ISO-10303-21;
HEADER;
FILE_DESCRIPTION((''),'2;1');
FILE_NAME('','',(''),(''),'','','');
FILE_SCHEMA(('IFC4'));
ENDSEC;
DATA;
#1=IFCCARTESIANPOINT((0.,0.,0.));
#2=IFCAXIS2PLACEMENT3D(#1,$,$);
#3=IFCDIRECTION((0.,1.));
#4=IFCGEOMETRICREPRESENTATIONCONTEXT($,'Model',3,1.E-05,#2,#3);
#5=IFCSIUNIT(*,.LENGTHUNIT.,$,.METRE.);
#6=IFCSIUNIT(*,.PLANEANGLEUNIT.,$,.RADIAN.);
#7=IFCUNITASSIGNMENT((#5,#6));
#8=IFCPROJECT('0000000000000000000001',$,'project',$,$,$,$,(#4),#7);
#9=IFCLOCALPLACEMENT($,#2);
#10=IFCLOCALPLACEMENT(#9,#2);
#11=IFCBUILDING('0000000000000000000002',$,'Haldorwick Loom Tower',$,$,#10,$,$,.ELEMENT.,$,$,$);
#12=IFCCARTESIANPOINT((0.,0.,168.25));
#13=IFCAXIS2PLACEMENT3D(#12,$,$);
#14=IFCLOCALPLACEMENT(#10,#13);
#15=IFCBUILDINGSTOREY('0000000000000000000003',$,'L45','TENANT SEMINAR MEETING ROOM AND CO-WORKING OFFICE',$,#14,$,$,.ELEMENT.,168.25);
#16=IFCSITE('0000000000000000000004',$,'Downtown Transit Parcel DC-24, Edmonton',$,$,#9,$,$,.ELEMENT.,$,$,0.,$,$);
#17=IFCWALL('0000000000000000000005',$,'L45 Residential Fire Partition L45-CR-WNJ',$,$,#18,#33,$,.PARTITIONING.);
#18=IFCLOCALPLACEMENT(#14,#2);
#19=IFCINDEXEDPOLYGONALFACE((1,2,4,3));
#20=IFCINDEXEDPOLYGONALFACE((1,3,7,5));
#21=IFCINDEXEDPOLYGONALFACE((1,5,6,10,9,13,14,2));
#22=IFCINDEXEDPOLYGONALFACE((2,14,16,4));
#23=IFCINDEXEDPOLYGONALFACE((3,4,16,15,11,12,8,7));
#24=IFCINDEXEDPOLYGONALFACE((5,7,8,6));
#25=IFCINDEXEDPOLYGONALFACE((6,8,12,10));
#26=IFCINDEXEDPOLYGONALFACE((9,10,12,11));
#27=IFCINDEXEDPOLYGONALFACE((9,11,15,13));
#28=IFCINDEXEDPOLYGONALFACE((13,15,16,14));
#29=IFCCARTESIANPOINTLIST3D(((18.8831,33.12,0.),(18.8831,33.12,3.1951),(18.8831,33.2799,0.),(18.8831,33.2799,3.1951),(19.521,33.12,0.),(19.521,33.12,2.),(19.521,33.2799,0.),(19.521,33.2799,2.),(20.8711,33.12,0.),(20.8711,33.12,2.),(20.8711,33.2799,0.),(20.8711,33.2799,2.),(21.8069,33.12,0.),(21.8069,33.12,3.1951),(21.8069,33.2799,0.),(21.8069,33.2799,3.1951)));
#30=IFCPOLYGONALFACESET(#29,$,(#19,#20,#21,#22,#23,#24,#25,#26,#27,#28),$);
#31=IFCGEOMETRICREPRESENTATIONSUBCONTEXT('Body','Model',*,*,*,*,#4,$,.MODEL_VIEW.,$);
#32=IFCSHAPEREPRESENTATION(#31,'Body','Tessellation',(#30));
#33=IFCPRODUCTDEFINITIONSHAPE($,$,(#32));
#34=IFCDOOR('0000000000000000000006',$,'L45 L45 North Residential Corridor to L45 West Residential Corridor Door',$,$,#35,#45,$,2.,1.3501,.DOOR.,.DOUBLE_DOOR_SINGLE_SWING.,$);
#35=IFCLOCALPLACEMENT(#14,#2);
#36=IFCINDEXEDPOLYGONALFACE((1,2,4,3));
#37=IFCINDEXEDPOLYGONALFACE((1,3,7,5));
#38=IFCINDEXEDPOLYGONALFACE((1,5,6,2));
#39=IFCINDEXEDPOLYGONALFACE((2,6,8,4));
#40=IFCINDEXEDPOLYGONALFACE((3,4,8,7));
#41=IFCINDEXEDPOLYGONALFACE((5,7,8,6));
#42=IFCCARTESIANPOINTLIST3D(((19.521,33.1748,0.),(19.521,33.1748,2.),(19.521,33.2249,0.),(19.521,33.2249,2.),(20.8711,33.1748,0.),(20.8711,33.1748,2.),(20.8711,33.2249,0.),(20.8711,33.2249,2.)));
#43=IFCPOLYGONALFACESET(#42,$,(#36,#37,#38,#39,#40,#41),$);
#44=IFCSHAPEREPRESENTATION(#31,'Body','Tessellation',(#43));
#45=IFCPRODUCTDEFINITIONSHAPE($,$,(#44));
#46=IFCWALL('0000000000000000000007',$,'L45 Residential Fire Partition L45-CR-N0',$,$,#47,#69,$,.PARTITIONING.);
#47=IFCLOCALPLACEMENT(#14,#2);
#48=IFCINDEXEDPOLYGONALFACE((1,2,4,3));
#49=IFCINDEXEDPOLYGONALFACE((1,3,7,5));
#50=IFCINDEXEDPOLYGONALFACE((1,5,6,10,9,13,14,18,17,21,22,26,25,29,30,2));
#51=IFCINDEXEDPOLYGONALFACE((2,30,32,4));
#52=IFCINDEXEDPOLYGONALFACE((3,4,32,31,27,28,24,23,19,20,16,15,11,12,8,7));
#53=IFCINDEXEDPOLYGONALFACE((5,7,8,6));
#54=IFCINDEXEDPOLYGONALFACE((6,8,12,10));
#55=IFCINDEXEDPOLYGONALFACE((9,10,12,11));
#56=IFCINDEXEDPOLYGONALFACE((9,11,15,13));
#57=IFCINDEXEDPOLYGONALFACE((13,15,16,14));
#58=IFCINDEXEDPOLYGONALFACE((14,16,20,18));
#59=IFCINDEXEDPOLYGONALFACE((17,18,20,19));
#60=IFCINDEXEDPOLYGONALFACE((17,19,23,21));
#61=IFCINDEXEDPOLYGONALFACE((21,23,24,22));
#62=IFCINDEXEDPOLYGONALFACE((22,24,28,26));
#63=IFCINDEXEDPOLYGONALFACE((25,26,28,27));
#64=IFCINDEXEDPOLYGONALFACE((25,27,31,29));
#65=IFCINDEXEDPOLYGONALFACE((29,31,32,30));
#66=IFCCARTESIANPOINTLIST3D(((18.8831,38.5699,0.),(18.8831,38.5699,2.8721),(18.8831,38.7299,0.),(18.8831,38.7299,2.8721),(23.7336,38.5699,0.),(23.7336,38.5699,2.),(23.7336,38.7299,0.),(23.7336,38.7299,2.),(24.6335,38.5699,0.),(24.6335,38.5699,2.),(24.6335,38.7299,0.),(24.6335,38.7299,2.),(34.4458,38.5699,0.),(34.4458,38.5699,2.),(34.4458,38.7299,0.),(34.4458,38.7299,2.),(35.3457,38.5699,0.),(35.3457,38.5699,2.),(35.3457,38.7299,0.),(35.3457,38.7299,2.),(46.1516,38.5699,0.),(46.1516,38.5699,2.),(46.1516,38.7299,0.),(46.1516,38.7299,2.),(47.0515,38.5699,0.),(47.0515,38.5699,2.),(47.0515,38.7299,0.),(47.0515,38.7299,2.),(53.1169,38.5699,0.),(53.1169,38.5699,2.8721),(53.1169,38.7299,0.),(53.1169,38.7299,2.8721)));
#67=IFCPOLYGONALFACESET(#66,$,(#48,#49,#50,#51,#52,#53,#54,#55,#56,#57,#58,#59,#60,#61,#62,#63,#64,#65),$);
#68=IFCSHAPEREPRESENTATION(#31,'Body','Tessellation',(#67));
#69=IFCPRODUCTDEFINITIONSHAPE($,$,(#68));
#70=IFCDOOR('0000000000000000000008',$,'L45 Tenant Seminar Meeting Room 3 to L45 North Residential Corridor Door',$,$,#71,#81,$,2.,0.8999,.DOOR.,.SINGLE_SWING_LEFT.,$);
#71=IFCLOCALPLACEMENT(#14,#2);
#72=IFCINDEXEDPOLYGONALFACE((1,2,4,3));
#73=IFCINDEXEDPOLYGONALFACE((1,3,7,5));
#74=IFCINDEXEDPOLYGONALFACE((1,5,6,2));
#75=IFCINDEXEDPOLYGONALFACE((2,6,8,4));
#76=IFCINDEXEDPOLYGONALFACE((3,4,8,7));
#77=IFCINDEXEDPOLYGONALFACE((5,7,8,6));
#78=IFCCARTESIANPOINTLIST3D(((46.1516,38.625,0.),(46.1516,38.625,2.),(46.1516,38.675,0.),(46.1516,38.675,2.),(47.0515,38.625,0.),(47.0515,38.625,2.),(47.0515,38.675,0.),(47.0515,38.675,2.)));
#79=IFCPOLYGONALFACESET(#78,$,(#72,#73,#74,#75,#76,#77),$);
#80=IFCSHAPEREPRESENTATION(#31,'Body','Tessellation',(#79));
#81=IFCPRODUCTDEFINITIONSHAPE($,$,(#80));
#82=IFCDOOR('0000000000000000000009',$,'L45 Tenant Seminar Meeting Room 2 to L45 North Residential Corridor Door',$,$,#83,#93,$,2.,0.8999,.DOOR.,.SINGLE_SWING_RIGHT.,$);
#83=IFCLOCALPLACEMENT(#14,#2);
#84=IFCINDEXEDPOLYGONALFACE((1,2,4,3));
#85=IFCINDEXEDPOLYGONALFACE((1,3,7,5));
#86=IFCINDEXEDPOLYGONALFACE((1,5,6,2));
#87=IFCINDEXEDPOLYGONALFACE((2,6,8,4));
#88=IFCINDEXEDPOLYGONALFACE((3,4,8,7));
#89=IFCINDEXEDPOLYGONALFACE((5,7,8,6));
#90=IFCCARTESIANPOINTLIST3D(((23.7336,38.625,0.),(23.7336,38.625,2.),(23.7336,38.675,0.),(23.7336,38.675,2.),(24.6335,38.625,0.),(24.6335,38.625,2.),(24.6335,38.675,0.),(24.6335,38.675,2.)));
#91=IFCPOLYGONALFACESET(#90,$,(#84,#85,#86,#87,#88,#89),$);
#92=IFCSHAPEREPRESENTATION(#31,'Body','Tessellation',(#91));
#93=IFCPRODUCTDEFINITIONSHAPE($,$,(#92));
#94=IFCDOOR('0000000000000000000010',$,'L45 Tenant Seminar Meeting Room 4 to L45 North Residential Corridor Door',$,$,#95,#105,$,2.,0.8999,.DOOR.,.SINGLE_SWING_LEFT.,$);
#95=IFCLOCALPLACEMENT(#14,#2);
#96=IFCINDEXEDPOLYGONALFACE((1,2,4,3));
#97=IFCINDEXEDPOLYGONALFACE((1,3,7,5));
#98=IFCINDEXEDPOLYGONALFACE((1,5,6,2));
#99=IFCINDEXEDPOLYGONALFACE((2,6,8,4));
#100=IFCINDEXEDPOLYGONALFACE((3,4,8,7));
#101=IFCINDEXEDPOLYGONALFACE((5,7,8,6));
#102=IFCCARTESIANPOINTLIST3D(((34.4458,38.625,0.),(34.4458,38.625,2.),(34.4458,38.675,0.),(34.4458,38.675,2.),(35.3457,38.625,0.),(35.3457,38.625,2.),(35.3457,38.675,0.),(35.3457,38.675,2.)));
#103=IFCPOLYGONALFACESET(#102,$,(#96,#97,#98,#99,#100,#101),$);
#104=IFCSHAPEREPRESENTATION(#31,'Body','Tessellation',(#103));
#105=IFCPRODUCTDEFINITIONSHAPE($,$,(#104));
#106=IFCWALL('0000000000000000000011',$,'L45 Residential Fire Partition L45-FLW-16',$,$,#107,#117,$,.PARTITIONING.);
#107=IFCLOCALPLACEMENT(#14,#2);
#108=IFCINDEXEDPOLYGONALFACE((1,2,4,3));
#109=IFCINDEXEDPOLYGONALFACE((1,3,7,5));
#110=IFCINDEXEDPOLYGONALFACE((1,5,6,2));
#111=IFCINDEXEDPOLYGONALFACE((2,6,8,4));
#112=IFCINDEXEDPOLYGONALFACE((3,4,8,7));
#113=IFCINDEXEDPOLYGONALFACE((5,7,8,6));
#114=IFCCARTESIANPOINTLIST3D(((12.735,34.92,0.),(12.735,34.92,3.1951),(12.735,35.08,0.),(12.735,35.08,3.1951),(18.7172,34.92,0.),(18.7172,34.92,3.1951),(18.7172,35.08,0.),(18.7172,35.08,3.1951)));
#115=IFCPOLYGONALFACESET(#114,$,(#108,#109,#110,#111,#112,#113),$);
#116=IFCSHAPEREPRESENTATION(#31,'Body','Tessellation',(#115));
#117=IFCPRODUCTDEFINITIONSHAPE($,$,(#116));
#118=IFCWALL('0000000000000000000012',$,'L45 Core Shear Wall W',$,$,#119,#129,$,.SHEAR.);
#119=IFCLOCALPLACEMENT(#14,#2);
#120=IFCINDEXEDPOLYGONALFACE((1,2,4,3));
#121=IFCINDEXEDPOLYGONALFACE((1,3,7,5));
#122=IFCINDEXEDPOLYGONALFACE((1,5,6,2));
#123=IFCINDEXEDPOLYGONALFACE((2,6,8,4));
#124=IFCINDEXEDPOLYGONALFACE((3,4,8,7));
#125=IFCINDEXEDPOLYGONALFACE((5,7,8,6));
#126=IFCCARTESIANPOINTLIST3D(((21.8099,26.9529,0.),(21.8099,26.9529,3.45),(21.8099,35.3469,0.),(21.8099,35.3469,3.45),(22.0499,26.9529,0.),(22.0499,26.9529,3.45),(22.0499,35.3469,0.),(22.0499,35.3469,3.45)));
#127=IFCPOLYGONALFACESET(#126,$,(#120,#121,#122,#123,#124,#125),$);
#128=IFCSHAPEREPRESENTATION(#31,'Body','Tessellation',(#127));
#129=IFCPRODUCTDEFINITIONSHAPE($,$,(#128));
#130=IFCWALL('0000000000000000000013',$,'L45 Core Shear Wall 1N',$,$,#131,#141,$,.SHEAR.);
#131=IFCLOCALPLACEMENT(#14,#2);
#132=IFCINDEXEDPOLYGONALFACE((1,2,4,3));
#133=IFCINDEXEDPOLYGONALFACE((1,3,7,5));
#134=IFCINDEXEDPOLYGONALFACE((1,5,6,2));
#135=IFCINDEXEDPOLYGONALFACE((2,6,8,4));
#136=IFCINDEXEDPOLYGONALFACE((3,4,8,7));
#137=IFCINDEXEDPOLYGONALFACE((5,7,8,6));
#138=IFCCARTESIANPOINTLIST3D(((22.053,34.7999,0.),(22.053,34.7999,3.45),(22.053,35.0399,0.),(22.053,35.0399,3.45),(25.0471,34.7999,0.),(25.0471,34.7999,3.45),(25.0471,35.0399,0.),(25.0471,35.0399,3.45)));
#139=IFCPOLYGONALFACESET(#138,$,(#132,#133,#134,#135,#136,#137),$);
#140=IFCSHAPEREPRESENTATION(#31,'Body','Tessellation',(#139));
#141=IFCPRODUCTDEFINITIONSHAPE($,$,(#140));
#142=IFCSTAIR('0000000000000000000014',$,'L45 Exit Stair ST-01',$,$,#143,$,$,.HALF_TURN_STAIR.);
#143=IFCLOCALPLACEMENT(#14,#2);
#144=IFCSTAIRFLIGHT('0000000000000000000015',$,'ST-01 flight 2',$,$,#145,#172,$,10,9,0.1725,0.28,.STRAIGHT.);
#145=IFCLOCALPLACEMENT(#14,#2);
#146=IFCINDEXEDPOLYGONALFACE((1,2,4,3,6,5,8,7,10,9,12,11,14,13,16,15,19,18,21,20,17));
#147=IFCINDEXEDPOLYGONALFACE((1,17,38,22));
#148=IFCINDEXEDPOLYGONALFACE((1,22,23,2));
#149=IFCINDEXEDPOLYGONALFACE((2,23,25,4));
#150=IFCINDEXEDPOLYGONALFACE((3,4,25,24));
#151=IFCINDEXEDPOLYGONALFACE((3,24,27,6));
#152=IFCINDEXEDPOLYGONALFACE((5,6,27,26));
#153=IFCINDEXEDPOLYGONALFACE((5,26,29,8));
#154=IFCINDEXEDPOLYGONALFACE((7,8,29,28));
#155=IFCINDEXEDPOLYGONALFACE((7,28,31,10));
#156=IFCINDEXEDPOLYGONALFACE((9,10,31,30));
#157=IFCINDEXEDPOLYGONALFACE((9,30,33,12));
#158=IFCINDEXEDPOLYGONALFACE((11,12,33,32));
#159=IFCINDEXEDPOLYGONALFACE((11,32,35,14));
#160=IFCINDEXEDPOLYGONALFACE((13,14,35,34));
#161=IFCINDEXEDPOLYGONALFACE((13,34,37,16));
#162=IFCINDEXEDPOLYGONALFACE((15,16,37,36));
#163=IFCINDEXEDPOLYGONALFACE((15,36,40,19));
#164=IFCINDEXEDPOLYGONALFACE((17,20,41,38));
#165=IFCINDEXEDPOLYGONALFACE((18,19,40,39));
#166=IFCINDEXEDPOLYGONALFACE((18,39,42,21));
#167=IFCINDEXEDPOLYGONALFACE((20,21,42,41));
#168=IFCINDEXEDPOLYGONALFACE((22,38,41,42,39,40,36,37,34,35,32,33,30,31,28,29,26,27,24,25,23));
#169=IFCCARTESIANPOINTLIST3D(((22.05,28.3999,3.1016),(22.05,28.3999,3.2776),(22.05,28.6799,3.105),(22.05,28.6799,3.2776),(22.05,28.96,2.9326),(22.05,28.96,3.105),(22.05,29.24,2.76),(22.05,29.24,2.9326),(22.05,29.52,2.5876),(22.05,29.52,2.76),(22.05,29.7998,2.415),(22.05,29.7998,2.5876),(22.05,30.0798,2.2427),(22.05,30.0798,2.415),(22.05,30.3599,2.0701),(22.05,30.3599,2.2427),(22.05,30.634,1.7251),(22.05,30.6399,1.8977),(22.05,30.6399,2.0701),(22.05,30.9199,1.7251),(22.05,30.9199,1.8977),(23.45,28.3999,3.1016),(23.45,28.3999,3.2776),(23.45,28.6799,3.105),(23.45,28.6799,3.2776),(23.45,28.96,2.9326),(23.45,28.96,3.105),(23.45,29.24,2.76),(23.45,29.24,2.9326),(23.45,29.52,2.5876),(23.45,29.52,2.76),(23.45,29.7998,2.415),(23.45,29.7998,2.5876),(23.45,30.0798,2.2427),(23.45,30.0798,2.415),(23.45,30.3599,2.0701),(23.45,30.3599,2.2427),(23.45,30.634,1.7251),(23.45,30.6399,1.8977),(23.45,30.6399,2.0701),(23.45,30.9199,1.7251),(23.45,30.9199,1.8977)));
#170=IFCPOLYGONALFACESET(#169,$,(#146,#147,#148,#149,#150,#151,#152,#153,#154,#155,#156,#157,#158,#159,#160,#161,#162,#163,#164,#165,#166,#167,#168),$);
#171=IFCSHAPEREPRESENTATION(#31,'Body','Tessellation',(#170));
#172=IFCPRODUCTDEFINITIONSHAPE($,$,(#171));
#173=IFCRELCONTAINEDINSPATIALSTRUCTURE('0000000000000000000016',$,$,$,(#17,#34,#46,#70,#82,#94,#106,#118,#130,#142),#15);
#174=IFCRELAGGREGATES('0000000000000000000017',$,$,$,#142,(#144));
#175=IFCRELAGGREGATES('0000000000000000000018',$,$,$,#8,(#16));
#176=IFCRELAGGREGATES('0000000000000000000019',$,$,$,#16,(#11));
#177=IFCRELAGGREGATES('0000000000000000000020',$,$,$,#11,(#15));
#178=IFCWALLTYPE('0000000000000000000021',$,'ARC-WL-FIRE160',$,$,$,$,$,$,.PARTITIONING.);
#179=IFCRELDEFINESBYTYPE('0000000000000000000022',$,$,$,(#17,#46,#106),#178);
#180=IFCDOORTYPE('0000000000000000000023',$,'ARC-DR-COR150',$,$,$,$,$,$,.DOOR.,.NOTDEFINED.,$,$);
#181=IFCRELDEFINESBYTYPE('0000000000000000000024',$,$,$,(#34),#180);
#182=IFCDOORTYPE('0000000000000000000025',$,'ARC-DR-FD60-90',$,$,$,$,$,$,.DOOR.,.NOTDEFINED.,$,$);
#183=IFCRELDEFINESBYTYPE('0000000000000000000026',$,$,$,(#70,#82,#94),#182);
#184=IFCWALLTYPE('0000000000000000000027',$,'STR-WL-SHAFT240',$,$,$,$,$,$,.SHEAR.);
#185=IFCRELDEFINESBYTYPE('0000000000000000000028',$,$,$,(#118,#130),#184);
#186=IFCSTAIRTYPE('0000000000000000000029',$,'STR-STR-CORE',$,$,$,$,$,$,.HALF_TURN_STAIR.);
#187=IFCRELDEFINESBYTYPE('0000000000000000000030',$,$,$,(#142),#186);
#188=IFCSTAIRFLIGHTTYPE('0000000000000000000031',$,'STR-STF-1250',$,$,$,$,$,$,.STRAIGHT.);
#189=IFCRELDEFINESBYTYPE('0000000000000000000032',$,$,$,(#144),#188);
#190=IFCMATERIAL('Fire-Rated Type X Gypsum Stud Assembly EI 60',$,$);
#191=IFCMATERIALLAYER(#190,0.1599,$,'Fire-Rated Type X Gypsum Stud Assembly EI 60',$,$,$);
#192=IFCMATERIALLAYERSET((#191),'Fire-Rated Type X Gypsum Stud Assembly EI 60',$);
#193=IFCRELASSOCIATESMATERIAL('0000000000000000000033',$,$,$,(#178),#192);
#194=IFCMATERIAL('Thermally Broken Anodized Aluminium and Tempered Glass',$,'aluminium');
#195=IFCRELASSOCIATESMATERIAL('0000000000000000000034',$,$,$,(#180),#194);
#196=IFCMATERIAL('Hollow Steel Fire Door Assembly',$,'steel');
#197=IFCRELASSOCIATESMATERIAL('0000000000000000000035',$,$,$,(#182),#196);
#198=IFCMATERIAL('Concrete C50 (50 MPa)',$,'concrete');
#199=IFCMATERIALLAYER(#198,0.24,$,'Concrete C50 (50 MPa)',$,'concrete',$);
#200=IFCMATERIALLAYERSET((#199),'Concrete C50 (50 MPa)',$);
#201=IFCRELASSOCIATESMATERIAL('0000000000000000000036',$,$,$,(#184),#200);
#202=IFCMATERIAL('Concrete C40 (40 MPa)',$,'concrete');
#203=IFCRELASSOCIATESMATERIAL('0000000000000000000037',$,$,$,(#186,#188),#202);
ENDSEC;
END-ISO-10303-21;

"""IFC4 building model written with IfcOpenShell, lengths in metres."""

from ifc_helpers import new_model, si_unit, direction, frame, frame_2d, origin, place, context, subcontext, project, spatial, polyline, rectangle, outline, extrude, material, layer, layer_set, type_object, element, fill, aggregate, save


model = new_model("IFC4")

# Units and contexts
model_context = context("Model", 3, precision=1e-05, world=origin(), true_north=direction((0.0, 1.0)))
body_context = subcontext(model_context, "Body", "Model", "MODEL_VIEW")
ifc_project = project(units=[si_unit("LENGTHUNIT", "METRE"), si_unit("PLANEANGLEUNIT", "RADIAN")], contexts=[model_context])

# Site, building, storey
site_placement = place(None, origin())
site = spatial("IfcSite", under=ifc_project, at=site_placement, Name="Downtown Transit Parcel DC-24, Edmonton", CompositionType="ELEMENT", RefElevation=0.0)
building_placement = place(site_placement, origin())
building = spatial("IfcBuilding", under=site, at=building_placement, Name="Haldorwick Loom Tower", CompositionType="ELEMENT")
storey_placement = place(building_placement, frame((0.0, 0.0, 168.25)))
storey = spatial("IfcBuildingStorey", under=building, at=storey_placement, Name="L45", Description="TENANT SEMINAR MEETING ROOM AND CO-WORKING OFFICE", CompositionType="ELEMENT", Elevation=168.25)

# Wall, opening, door
ifc_material_1 = material(Name="Fire-Rated Type X Gypsum Stud Assembly EI 60")
ifc_layer_1 = layer(ifc_material_1, 0.1599, Name="Fire-Rated Type X Gypsum Stud Assembly EI 60")
ifc_layer_set_1 = layer_set([ifc_layer_1], Name="Fire-Rated Type X Gypsum Stud Assembly EI 60")
wall_type_1 = type_object("IfcWallType", Name="ARC-WL-FIRE160", PredefinedType="PARTITIONING", material=ifc_layer_set_1)
wall_1_placement = place(storey_placement, frame((18.8831, 33.2, 0.0), z_axis=(0.0, 0.0, 1.0), x_axis=(1.0, 0.0, 0.0)))
wall_1 = element("IfcWall", 1, at=wall_1_placement, inside=storey, type_object=wall_type_1, Name="L45 Residential Fire Partition L45-CR-WNJ", PredefinedType="PARTITIONING", context=body_context, shape_type="SweptSolid", body=[
    extrude(rectangle(XDim=2.9238, YDim=0.1599, at=frame_2d((1.4619, 0.0))), origin(), (0.0, 0.0, 1.0), 3.1951),
])
opening_1_placement = place(wall_1_placement, frame((0.6379, 0.0, 0.0)))
opening_1 = element("IfcOpeningElement", 2, at=opening_1_placement, cuts=wall_1, PredefinedType="OPENING", context=body_context, shape_type="SweptSolid", body=[
    extrude(rectangle(XDim=1.3501, YDim=2.0, at=frame_2d((0.675, 1.0))), frame((0.0, 0.0898, 0.0), z_axis=(0.0, -1.0, 0.0), x_axis=(1.0, 0.0, 0.0)), (0.0, 0.0, 1.0), 0.1799),
])
ifc_material_2 = material(Name="Thermally Broken Anodized Aluminium and Tempered Glass", Category="aluminium")
door_type_1 = type_object("IfcDoorType", Name="ARC-DR-COR150", OperationType="NOTDEFINED", PredefinedType="DOOR", material=ifc_material_2)
door_1_placement = place(opening_1_placement, origin())
door_1 = element("IfcDoor", 3, at=door_1_placement, inside=storey, type_object=door_type_1, Name="L45 L45 North Residential Corridor to L45 West Residential Corridor Door", OperationType="DOUBLE_DOOR_SINGLE_SWING", OverallHeight=2.0, OverallWidth=1.3501, PredefinedType="DOOR", context=body_context, shape_type="SweptSolid", body=[
    extrude(rectangle(XDim=1.3501, YDim=2.0, at=frame_2d((0.675, 1.0))), frame((0.0, 0.0249, 0.0), z_axis=(0.0, -1.0, 0.0), x_axis=(1.0, 0.0, 0.0)), (0.0, 0.0, 1.0), 0.05),
])
fill(opening_1, door_1)

# Wall, openings, doors
wall_2_placement = place(storey_placement, frame((18.8831, 38.6499, 0.0), z_axis=(0.0, 0.0, 1.0), x_axis=(1.0, 0.0, 0.0)))
wall_2 = element("IfcWall", 4, at=wall_2_placement, inside=storey, type_object=wall_type_1, Name="L45 Residential Fire Partition L45-CR-N0", PredefinedType="PARTITIONING", context=body_context, shape_type="SweptSolid", body=[
    extrude(rectangle(XDim=34.2339, YDim=0.1599, at=frame_2d((17.1169, 0.0))), origin(), (0.0, 0.0, 1.0), 2.8721),
])
opening_2_placement = place(wall_2_placement, frame((27.2686, 0.0, 0.0)))
opening_2 = element("IfcOpeningElement", 5, at=opening_2_placement, cuts=wall_2, PredefinedType="OPENING", context=body_context, shape_type="SweptSolid", body=[
    extrude(rectangle(XDim=0.8999, YDim=2.0, at=frame_2d((0.45, 1.0))), frame((0.0, 0.0898, 0.0), z_axis=(0.0, -1.0, 0.0), x_axis=(1.0, 0.0, 0.0)), (0.0, 0.0, 1.0), 0.1799),
])
opening_3_placement = place(wall_2_placement, frame((4.8506, 0.0, 0.0)))
opening_3 = element("IfcOpeningElement", 6, at=opening_3_placement, cuts=wall_2, PredefinedType="OPENING", context=body_context, shape_type="SweptSolid", body=[
    extrude(rectangle(XDim=0.8999, YDim=2.0, at=frame_2d((0.45, 1.0))), frame((0.0, 0.0898, 0.0), z_axis=(0.0, -1.0, 0.0), x_axis=(1.0, 0.0, 0.0)), (0.0, 0.0, 1.0), 0.1799),
])
opening_4_placement = place(wall_2_placement, frame((15.5627, 0.0, 0.0)))
opening_4 = element("IfcOpeningElement", 7, at=opening_4_placement, cuts=wall_2, PredefinedType="OPENING", context=body_context, shape_type="SweptSolid", body=[
    extrude(rectangle(XDim=0.8999, YDim=2.0, at=frame_2d((0.45, 1.0))), frame((0.0, 0.0898, 0.0), z_axis=(0.0, -1.0, 0.0), x_axis=(1.0, 0.0, 0.0)), (0.0, 0.0, 1.0), 0.1799),
])
ifc_material_3 = material(Name="Hollow Steel Fire Door Assembly", Category="steel")
door_type_2 = type_object("IfcDoorType", Name="ARC-DR-FD60-90", OperationType="NOTDEFINED", PredefinedType="DOOR", material=ifc_material_3)
door_2_placement = place(opening_2_placement, frame((0.8999, 0.0, 0.0), z_axis=(0.0, 0.0, 1.0), x_axis=(-1.0, 0.0, 0.0)))
door_2 = element("IfcDoor", 8, at=door_2_placement, inside=storey, type_object=door_type_2, Name="L45 Tenant Seminar Meeting Room 3 to L45 North Residential Corridor Door", OperationType="SINGLE_SWING_LEFT", OverallHeight=2.0, OverallWidth=0.8999, PredefinedType="DOOR", context=body_context, shape_type="SweptSolid", body=[
    extrude(rectangle(XDim=0.8999, YDim=2.0, at=frame_2d((0.45, 1.0))), frame((0.0, 0.0249, 0.0), z_axis=(0.0, -1.0, 0.0), x_axis=(1.0, 0.0, 0.0)), (0.0, 0.0, 1.0), 0.05),
])
fill(opening_2, door_2)
door_3_placement = place(opening_3_placement, frame((0.8999, 0.0, 0.0), z_axis=(0.0, 0.0, 1.0), x_axis=(-1.0, 0.0, 0.0)))
door_3 = element("IfcDoor", 9, at=door_3_placement, inside=storey, type_object=door_type_2, Name="L45 Tenant Seminar Meeting Room 2 to L45 North Residential Corridor Door", OperationType="SINGLE_SWING_RIGHT", OverallHeight=2.0, OverallWidth=0.8999, PredefinedType="DOOR", context=body_context, shape_type="SweptSolid", body=[
    extrude(rectangle(XDim=0.8999, YDim=2.0, at=frame_2d((0.45, 1.0))), frame((0.0, 0.0249, 0.0), z_axis=(0.0, -1.0, 0.0), x_axis=(1.0, 0.0, 0.0)), (0.0, 0.0, 1.0), 0.05),
])
fill(opening_3, door_3)
door_4_placement = place(opening_4_placement, frame((0.8999, 0.0, 0.0), z_axis=(0.0, 0.0, 1.0), x_axis=(-1.0, 0.0, 0.0)))
door_4 = element("IfcDoor", 10, at=door_4_placement, inside=storey, type_object=door_type_2, Name="L45 Tenant Seminar Meeting Room 4 to L45 North Residential Corridor Door", OperationType="SINGLE_SWING_LEFT", OverallHeight=2.0, OverallWidth=0.8999, PredefinedType="DOOR", context=body_context, shape_type="SweptSolid", body=[
    extrude(rectangle(XDim=0.8999, YDim=2.0, at=frame_2d((0.45, 1.0))), frame((0.0, 0.0249, 0.0), z_axis=(0.0, -1.0, 0.0), x_axis=(1.0, 0.0, 0.0)), (0.0, 0.0, 1.0), 0.05),
])
fill(opening_4, door_4)

# Walls
wall_3_placement = place(storey_placement, frame((12.7349, 35.0, 0.0), z_axis=(0.0, 0.0, 1.0), x_axis=(1.0, 0.0, 0.0)))
element("IfcWall", 11, at=wall_3_placement, inside=storey, type_object=wall_type_1, Name="L45 Residential Fire Partition L45-FLW-16", PredefinedType="PARTITIONING", context=body_context, shape_type="SweptSolid", body=[
    extrude(rectangle(XDim=5.9822, YDim=0.1599, at=frame_2d((2.9912, 0.0))), origin(), (0.0, 0.0, 1.0), 3.1951),
])
ifc_material_4 = material(Name="Concrete C50 (50 MPa)", Category="concrete")
ifc_layer_2 = layer(ifc_material_4, 0.24, Name="Concrete C50 (50 MPa)", Category="concrete")
ifc_layer_set_2 = layer_set([ifc_layer_2], Name="Concrete C50 (50 MPa)")
wall_type_2 = type_object("IfcWallType", Name="STR-WL-SHAFT240", PredefinedType="SHEAR", material=ifc_layer_set_2)
wall_4_placement = place(storey_placement, frame((21.9299, 35.3469, 0.0), z_axis=(0.0, 0.0, 1.0), x_axis=(0.0, -1.0, 0.0)))
element("IfcWall", 12, at=wall_4_placement, inside=storey, type_object=wall_type_2, Name="L45 Core Shear Wall W", PredefinedType="SHEAR", context=body_context, shape_type="SweptSolid", body=[
    extrude(rectangle(XDim=8.394, YDim=0.24, at=frame_2d((4.197, 0.0))), origin(), (0.0, 0.0, 1.0), 3.45),
])
wall_5_placement = place(storey_placement, frame((22.053, 34.9199, 0.0), z_axis=(0.0, 0.0, 1.0), x_axis=(1.0, 0.0, 0.0)))
element("IfcWall", 13, at=wall_5_placement, inside=storey, type_object=wall_type_2, Name="L45 Core Shear Wall 1N", PredefinedType="SHEAR", context=body_context, shape_type="SweptSolid", body=[
    extrude(rectangle(XDim=2.9941, YDim=0.24, at=frame_2d((1.4971, 0.0))), origin(), (0.0, 0.0, 1.0), 3.45),
])

# Stair, stair flight
ifc_material_5 = material(Name="Concrete C40 (40 MPa)", Category="concrete")
stair_type = type_object("IfcStairType", Name="STR-STR-CORE", PredefinedType="HALF_TURN_STAIR", material=ifc_material_5)
stair_placement = place(storey_placement, origin())
stair = element("IfcStair", 14, at=stair_placement, inside=storey, type_object=stair_type, Name="L45 Exit Stair ST-01", PredefinedType="HALF_TURN_STAIR")
stair_flight_type = type_object("IfcStairFlightType", Name="STR-STF-1250", PredefinedType="STRAIGHT", material=ifc_material_5)
stair_flight_placement = place(storey_placement, frame((22.75, 30.9199, 1.7251), z_axis=(0.0, 0.0, 1.0), x_axis=(0.0, -1.0, 0.0)))
stair_flight = element("IfcStairFlight", 15, at=stair_flight_placement, type_object=stair_flight_type, Name="ST-01 flight 2", NumberOfRisers=10, NumberOfTreads=9, PredefinedType="STRAIGHT", RiserHeight=0.1725, TreadLength=0.28, context=body_context, shape_type="SweptSolid", body=[
    extrude(outline(polyline([(0.0, 0.0), (0.0, 0.1726), (0.28, 0.1726), (0.28, 0.345), (0.5601, 0.345), (0.5601, 0.5176), (0.8401, 0.5176), (0.8401, 0.6899), (1.1201, 0.6899), (1.1201, 0.8625), (1.3999, 0.8625), (1.3999, 1.0349), (1.6799, 1.0349), (1.6799, 1.2075), (1.96, 1.2075), (1.96, 1.3799), (2.24, 1.3799), (2.24, 1.5525), (2.52, 1.5525), (2.52, 1.7251), (2.52, 1.3765), (0.2859, 0.0), (0.0, 0.0)])), frame((0.0, 0.7, 0.0), z_axis=(0.0, -1.0, 0.0), x_axis=(1.0, 0.0, 0.0)), (0.0, 0.0, 1.0), 1.3999),
])
aggregate(stair, [stair_flight])

save(model, "model.ifc")
